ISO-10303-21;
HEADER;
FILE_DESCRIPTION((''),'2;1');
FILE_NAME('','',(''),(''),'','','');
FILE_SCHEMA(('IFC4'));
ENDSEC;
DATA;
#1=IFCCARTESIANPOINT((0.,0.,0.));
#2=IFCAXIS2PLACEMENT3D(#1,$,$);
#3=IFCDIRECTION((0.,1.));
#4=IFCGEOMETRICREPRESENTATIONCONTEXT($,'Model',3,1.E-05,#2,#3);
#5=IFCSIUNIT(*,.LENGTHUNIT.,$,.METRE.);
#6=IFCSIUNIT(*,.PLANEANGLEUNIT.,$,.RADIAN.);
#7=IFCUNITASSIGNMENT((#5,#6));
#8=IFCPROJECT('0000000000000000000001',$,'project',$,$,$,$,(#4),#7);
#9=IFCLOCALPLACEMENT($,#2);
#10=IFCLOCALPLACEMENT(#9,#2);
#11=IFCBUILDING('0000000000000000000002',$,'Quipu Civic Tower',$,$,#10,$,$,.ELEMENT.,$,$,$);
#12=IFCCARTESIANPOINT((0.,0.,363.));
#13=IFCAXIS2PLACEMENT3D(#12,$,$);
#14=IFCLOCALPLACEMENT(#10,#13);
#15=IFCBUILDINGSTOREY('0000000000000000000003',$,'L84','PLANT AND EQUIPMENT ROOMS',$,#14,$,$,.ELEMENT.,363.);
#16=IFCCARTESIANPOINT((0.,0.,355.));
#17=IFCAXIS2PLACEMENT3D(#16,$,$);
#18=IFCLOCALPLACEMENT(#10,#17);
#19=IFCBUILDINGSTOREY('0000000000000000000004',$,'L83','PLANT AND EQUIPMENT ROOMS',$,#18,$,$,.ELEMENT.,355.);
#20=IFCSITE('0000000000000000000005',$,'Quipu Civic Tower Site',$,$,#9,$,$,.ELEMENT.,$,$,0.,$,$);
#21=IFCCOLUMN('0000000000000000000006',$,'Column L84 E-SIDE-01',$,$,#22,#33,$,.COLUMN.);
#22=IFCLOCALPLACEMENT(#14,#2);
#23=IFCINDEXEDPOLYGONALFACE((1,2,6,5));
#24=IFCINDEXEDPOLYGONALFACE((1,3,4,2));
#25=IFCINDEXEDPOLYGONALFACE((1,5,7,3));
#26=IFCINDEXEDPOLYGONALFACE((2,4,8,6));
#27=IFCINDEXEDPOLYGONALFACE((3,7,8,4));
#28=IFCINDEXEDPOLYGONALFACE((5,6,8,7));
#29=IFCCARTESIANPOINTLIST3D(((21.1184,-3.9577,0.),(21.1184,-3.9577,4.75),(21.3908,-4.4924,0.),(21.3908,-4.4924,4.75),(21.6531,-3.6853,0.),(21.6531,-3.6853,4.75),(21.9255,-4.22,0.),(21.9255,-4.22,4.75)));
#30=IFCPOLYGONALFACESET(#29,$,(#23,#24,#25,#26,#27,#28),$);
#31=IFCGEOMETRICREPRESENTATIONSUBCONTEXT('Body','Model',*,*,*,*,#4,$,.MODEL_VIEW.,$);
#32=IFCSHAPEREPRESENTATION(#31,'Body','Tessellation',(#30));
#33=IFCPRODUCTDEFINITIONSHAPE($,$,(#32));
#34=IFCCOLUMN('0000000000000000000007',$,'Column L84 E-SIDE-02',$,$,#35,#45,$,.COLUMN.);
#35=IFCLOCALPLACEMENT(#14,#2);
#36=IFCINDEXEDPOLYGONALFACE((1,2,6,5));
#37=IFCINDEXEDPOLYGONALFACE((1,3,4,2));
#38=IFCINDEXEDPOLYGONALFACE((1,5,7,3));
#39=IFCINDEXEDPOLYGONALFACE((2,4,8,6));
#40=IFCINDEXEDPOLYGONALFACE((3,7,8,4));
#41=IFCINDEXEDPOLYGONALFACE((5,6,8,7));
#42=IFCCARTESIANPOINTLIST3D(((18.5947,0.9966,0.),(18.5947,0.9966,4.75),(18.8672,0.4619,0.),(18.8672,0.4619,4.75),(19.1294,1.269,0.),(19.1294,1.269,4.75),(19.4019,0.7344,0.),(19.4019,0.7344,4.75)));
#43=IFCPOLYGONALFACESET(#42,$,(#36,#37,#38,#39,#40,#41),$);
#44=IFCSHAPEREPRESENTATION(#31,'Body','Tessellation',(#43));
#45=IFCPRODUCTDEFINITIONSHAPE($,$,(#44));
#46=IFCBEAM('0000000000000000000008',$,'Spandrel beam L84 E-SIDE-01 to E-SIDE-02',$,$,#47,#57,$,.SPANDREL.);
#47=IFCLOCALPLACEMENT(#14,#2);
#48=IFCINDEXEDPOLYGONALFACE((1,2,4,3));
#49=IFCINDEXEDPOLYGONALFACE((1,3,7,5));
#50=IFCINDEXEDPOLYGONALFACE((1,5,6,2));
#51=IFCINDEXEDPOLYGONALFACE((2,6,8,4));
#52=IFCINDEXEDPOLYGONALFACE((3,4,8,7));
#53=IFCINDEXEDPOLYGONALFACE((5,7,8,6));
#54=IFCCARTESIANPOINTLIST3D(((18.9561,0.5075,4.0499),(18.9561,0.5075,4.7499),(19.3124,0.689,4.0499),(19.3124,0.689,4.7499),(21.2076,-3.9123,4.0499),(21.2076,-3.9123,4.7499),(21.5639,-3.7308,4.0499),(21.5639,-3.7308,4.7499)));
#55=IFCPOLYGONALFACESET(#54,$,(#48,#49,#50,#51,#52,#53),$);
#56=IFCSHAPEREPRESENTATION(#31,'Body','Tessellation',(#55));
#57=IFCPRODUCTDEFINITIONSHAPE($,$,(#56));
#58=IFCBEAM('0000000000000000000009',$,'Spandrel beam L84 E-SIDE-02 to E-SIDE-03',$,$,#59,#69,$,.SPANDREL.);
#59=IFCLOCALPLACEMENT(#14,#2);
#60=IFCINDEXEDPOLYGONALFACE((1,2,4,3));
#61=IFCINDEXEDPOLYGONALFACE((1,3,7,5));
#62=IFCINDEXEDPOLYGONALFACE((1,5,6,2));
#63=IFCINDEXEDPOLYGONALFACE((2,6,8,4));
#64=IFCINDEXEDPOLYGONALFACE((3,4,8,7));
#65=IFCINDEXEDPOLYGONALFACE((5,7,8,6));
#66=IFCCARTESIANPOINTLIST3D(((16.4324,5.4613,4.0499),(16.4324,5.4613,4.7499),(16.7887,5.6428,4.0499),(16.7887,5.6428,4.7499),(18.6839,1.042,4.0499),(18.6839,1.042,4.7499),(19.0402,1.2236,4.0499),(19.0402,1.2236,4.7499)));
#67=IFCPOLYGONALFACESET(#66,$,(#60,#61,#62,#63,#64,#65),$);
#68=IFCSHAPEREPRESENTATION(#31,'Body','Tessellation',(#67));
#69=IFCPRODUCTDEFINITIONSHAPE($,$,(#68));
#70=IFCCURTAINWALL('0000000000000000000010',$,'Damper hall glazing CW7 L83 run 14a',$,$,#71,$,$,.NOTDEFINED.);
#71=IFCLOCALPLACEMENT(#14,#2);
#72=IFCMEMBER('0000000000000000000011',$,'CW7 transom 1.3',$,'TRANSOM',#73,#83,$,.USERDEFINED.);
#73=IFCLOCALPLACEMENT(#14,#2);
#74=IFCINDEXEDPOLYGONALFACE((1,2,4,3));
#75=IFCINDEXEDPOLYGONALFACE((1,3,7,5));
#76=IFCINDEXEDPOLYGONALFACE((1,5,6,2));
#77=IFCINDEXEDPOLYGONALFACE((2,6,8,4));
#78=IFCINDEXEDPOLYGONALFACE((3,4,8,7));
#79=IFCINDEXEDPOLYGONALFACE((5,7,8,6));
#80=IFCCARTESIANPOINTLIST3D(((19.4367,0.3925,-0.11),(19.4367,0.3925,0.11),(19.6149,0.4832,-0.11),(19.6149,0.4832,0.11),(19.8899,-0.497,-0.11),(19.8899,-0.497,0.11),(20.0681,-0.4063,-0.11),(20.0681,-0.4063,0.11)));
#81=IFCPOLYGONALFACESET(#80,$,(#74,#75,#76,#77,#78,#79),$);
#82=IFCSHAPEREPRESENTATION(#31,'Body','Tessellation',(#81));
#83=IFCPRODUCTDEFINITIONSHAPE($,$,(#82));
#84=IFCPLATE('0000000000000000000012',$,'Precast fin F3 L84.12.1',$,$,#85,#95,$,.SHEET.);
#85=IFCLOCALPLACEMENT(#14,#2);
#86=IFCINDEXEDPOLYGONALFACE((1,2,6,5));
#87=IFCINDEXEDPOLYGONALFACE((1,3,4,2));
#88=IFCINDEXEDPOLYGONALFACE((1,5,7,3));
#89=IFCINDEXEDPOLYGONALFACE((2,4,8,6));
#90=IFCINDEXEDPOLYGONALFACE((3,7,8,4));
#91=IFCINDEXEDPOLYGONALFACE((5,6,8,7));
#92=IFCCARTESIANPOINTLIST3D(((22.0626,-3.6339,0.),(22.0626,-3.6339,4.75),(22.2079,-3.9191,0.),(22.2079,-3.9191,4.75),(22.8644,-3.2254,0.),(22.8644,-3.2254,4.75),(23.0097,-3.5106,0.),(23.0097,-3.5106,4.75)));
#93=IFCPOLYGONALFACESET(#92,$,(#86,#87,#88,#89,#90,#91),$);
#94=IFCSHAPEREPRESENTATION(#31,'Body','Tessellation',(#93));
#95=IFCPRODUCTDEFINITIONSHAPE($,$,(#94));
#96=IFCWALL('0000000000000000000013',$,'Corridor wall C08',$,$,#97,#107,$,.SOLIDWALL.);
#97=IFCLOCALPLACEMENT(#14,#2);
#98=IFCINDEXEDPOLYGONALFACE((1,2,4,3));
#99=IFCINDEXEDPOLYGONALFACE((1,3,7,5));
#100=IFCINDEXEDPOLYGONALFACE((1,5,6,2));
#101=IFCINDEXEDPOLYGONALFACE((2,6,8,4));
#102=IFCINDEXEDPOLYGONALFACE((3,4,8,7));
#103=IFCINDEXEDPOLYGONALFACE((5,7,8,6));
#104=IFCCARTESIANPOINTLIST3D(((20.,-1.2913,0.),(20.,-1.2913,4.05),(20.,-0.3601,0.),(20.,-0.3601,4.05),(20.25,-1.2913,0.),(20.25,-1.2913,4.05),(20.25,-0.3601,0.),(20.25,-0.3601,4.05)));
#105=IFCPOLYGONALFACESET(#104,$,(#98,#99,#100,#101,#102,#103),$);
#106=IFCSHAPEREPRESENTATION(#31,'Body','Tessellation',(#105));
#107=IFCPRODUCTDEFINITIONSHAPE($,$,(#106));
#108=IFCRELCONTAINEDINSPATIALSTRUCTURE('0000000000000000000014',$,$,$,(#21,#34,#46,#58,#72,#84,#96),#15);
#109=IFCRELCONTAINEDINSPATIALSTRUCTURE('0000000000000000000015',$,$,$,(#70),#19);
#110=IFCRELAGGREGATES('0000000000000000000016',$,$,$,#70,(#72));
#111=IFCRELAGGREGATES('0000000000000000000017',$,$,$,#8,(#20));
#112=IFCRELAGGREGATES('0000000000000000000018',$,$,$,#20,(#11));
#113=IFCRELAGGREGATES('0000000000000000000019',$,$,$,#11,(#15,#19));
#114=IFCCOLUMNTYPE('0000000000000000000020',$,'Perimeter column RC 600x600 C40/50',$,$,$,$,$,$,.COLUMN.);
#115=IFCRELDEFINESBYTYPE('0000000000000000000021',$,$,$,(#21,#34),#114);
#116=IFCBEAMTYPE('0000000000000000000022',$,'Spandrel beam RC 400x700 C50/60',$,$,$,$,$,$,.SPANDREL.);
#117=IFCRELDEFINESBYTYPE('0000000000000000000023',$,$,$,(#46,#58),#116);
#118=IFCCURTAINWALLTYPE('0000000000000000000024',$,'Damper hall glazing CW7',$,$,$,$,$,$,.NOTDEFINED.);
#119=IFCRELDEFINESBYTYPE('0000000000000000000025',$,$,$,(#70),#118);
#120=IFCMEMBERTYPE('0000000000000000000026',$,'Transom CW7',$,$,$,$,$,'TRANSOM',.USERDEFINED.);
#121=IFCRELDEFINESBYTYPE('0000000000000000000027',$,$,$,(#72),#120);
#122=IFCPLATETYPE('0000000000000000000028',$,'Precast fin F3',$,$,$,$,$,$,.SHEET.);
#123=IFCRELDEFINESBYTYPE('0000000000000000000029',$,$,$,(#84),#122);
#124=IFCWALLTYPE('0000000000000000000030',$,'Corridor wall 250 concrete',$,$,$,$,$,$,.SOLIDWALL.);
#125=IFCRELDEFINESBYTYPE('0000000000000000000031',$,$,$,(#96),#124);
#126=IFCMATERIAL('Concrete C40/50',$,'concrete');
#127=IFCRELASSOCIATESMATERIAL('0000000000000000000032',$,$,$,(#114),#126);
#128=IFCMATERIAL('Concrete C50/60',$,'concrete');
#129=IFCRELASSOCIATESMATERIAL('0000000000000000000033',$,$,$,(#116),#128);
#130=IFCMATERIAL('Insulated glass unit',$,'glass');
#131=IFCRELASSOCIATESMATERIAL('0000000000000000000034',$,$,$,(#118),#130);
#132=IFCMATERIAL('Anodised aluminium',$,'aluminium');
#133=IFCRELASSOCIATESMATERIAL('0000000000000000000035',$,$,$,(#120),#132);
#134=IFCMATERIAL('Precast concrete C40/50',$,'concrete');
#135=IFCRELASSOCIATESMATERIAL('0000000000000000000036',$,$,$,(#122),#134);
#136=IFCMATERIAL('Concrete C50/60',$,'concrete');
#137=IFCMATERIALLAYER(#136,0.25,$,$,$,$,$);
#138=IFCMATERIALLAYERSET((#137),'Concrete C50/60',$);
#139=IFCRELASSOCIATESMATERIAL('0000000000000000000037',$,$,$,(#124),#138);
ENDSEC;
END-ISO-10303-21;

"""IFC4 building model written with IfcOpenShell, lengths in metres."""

from ifc_helpers import new_model, si_unit, direction, frame, frame_2d, origin, origin_2d, place, context, subcontext, project, spatial, rectangle, extrude, material, layer, layer_set, material_profile, profile_set, type_object, element, aggregate, save


model = new_model("IFC4")

# Units and contexts
model_context = context("Model", 3, precision=1e-05, world=origin(), true_north=direction((0.0, 1.0)))
body_context = subcontext(model_context, "Body", "Model", "MODEL_VIEW")
ifc_project = project(units=[si_unit("LENGTHUNIT", "METRE"), si_unit("PLANEANGLEUNIT", "RADIAN")], contexts=[model_context])

# Site, building, storey
site_placement = place(None, origin())
site = spatial("IfcSite", under=ifc_project, at=site_placement, Name="Quipu Civic Tower Site", CompositionType="ELEMENT", RefElevation=0.0)
building_placement = place(site_placement, origin())
building = spatial("IfcBuilding", under=site, at=building_placement, Name="Quipu Civic Tower", CompositionType="ELEMENT")
storey_1_placement = place(building_placement, frame((0.0, 0.0, 363.0)))
storey_1 = spatial("IfcBuildingStorey", under=building, at=storey_1_placement, Name="L84", Description="PLANT AND EQUIPMENT ROOMS", CompositionType="ELEMENT", Elevation=363.0)

# Columns
ifc_material_1 = material(Name="Concrete C40/50", Category="concrete")
ifc_material_profile_1 = material_profile(ifc_material_1, rectangle(XDim=0.6001, YDim=0.6001, at=origin_2d()), Name="RC600x600")
ifc_profile_set_1 = profile_set([ifc_material_profile_1], Name="Concrete C40/50")
column_type = type_object("IfcColumnType", Name="Perimeter column RC 600x600 C40/50", PredefinedType="COLUMN", material=ifc_profile_set_1)
for number, where, z_axis, x_axis, name in (
    (1, (21.522, -4.0889, 0.0), (0.0, 0.0, 1.0), (-0.45399, 0.891007, 0.0), "Column L84 E-SIDE-01"),
    (2, (18.9983, 0.8655, 0.0), (0.0, 0.0, 1.0), (-0.45399, 0.891007, 0.0), "Column L84 E-SIDE-02"),
):
    element("IfcColumn", number, at=place(storey_1_placement, frame(where, z_axis=z_axis, x_axis=x_axis)), inside=storey_1, type_object=column_type, Name=name, PredefinedType="COLUMN", context=body_context, shape_type="SweptSolid", body=[
        extrude(rectangle(XDim=0.6001, YDim=0.6001, at=origin_2d()), origin(), (0.0, 0.0, 1.0), 4.75),
    ])

# Beams
ifc_material_2 = material(Name="Concrete C50/60", Category="concrete")
ifc_material_profile_2 = material_profile(ifc_material_2, rectangle(XDim=0.3999, YDim=0.7, at=origin_2d()), Name="RC400x700")
ifc_profile_set_2 = profile_set([ifc_material_profile_2], Name="Concrete C50/60")
beam_type = type_object("IfcBeamType", Name="Spandrel beam RC 400x700 C50/60", PredefinedType="SPANDREL", material=ifc_profile_set_2)
beam_1_placement = place(storey_1_placement, frame((21.3857, -3.8215, 4.3999), z_axis=(-0.453915, 0.891045, 0.0), x_axis=(-0.891045, -0.453915, 0.0)))
element("IfcBeam", 3, at=beam_1_placement, inside=storey_1, type_object=beam_type, Name="Spandrel beam L84 E-SIDE-01 to E-SIDE-02", PredefinedType="SPANDREL", context=body_context, shape_type="SweptSolid", body=[
    extrude(rectangle(XDim=0.3999, YDim=0.7, at=origin_2d()), origin(), (0.0, 0.0, 1.0), 4.9602),
])
beam_2_placement = place(storey_1_placement, frame((18.8621, 1.1328, 4.3999), z_axis=(-0.453955, 0.891025, 0.0), x_axis=(-0.891025, -0.453955, 0.0)))
element("IfcBeam", 4, at=beam_2_placement, inside=storey_1, type_object=beam_type, Name="Spandrel beam L84 E-SIDE-02 to E-SIDE-03", PredefinedType="SPANDREL", context=body_context, shape_type="SweptSolid", body=[
    extrude(rectangle(XDim=0.3999, YDim=0.7, at=origin_2d()), origin(), (0.0, 0.0, 1.0), 4.9597),
])

# Shared definitions
storey_2_placement = place(building_placement, frame((0.0, 0.0, 355.0)))
storey_2 = spatial("IfcBuildingStorey", under=building, at=storey_2_placement, Name="L83", Description="PLANT AND EQUIPMENT ROOMS", CompositionType="ELEMENT", Elevation=355.0)

# Curtain wall, member
ifc_material_3 = material(Name="Insulated glass unit", Category="glass")
curtain_wall_type = type_object("IfcCurtainWallType", Name="Damper hall glazing CW7", PredefinedType="NOTDEFINED", material=ifc_material_3)
curtain_wall_placement = place(storey_2_placement, origin())
curtain_wall = element("IfcCurtainWall", 5, at=curtain_wall_placement, inside=storey_2, type_object=curtain_wall_type, Name="Damper hall glazing CW7 L83 run 14a", PredefinedType="NOTDEFINED")
ifc_material_4 = material(Name="Anodised aluminium", Category="aluminium")
ifc_material_profile_3 = material_profile(ifc_material_4, rectangle(XDim=0.2, YDim=0.22, at=origin_2d()), Name="RECT 200x220")
ifc_profile_set_3 = profile_set([ifc_material_profile_3], Name="Anodised aluminium")
member_type = type_object("IfcMemberType", Name="Transom CW7", ElementType="TRANSOM", PredefinedType="USERDEFINED", material=ifc_profile_set_3)
member_placement = place(storey_1_placement, frame((19.979, -0.4517, 0.0), z_axis=(-0.453951, 0.891026, 0.0), x_axis=(-0.891026, -0.453951, 0.0)))
member = element("IfcMember", 6, at=member_placement, inside=storey_1, type_object=member_type, Name="CW7 transom 1.3", ObjectType="TRANSOM", PredefinedType="USERDEFINED", context=body_context, shape_type="SweptSolid", body=[
    extrude(rectangle(XDim=0.2, YDim=0.22, at=origin_2d()), origin(), (0.0, 0.0, 1.0), 0.9983),
])
aggregate(curtain_wall, [member])

# Plate
ifc_material_5 = material(Name="Precast concrete C40/50", Category="concrete")
plate_type = type_object("IfcPlateType", Name="Precast fin F3", PredefinedType="SHEET", material=ifc_material_5)
plate_placement = place(storey_1_placement, frame((22.5361, -3.5723, 0.0), z_axis=(0.0, 0.0, 1.0), x_axis=(-0.45399, 0.891007, 0.0)))
element("IfcPlate", 7, at=plate_placement, inside=storey_1, type_object=plate_type, Name="Precast fin F3 L84.12.1", PredefinedType="SHEET", context=body_context, shape_type="SweptSolid", body=[
    extrude(rectangle(XDim=0.3201, YDim=0.8999, at=origin_2d()), origin(), (0.0, 0.0, 1.0), 4.75),
])

# Wall
ifc_material_6 = material(Name="Concrete C50/60", Category="concrete")
ifc_layer_1 = layer(ifc_material_6, 0.25)
ifc_layer_set_1 = layer_set([ifc_layer_1], Name="Concrete C50/60")
wall_type_1 = type_object("IfcWallType", Name="Corridor wall 250 concrete", PredefinedType="SOLIDWALL", material=ifc_layer_set_1)
wall_1_placement = place(storey_1_placement, frame((20.125, -0.3601, 0.0), z_axis=(0.0, 0.0, 1.0), x_axis=(0.0, -1.0, 0.0)))
element("IfcWall", 8, at=wall_1_placement, inside=storey_1, type_object=wall_type_1, Name="Corridor wall C08", PredefinedType="SOLIDWALL", context=body_context, shape_type="SweptSolid", body=[
    extrude(rectangle(XDim=0.9312, YDim=0.25, at=frame_2d((0.4656, 0.0))), origin(), (0.0, 0.0, 1.0), 4.05),
])

save(model, "model.ifc")
